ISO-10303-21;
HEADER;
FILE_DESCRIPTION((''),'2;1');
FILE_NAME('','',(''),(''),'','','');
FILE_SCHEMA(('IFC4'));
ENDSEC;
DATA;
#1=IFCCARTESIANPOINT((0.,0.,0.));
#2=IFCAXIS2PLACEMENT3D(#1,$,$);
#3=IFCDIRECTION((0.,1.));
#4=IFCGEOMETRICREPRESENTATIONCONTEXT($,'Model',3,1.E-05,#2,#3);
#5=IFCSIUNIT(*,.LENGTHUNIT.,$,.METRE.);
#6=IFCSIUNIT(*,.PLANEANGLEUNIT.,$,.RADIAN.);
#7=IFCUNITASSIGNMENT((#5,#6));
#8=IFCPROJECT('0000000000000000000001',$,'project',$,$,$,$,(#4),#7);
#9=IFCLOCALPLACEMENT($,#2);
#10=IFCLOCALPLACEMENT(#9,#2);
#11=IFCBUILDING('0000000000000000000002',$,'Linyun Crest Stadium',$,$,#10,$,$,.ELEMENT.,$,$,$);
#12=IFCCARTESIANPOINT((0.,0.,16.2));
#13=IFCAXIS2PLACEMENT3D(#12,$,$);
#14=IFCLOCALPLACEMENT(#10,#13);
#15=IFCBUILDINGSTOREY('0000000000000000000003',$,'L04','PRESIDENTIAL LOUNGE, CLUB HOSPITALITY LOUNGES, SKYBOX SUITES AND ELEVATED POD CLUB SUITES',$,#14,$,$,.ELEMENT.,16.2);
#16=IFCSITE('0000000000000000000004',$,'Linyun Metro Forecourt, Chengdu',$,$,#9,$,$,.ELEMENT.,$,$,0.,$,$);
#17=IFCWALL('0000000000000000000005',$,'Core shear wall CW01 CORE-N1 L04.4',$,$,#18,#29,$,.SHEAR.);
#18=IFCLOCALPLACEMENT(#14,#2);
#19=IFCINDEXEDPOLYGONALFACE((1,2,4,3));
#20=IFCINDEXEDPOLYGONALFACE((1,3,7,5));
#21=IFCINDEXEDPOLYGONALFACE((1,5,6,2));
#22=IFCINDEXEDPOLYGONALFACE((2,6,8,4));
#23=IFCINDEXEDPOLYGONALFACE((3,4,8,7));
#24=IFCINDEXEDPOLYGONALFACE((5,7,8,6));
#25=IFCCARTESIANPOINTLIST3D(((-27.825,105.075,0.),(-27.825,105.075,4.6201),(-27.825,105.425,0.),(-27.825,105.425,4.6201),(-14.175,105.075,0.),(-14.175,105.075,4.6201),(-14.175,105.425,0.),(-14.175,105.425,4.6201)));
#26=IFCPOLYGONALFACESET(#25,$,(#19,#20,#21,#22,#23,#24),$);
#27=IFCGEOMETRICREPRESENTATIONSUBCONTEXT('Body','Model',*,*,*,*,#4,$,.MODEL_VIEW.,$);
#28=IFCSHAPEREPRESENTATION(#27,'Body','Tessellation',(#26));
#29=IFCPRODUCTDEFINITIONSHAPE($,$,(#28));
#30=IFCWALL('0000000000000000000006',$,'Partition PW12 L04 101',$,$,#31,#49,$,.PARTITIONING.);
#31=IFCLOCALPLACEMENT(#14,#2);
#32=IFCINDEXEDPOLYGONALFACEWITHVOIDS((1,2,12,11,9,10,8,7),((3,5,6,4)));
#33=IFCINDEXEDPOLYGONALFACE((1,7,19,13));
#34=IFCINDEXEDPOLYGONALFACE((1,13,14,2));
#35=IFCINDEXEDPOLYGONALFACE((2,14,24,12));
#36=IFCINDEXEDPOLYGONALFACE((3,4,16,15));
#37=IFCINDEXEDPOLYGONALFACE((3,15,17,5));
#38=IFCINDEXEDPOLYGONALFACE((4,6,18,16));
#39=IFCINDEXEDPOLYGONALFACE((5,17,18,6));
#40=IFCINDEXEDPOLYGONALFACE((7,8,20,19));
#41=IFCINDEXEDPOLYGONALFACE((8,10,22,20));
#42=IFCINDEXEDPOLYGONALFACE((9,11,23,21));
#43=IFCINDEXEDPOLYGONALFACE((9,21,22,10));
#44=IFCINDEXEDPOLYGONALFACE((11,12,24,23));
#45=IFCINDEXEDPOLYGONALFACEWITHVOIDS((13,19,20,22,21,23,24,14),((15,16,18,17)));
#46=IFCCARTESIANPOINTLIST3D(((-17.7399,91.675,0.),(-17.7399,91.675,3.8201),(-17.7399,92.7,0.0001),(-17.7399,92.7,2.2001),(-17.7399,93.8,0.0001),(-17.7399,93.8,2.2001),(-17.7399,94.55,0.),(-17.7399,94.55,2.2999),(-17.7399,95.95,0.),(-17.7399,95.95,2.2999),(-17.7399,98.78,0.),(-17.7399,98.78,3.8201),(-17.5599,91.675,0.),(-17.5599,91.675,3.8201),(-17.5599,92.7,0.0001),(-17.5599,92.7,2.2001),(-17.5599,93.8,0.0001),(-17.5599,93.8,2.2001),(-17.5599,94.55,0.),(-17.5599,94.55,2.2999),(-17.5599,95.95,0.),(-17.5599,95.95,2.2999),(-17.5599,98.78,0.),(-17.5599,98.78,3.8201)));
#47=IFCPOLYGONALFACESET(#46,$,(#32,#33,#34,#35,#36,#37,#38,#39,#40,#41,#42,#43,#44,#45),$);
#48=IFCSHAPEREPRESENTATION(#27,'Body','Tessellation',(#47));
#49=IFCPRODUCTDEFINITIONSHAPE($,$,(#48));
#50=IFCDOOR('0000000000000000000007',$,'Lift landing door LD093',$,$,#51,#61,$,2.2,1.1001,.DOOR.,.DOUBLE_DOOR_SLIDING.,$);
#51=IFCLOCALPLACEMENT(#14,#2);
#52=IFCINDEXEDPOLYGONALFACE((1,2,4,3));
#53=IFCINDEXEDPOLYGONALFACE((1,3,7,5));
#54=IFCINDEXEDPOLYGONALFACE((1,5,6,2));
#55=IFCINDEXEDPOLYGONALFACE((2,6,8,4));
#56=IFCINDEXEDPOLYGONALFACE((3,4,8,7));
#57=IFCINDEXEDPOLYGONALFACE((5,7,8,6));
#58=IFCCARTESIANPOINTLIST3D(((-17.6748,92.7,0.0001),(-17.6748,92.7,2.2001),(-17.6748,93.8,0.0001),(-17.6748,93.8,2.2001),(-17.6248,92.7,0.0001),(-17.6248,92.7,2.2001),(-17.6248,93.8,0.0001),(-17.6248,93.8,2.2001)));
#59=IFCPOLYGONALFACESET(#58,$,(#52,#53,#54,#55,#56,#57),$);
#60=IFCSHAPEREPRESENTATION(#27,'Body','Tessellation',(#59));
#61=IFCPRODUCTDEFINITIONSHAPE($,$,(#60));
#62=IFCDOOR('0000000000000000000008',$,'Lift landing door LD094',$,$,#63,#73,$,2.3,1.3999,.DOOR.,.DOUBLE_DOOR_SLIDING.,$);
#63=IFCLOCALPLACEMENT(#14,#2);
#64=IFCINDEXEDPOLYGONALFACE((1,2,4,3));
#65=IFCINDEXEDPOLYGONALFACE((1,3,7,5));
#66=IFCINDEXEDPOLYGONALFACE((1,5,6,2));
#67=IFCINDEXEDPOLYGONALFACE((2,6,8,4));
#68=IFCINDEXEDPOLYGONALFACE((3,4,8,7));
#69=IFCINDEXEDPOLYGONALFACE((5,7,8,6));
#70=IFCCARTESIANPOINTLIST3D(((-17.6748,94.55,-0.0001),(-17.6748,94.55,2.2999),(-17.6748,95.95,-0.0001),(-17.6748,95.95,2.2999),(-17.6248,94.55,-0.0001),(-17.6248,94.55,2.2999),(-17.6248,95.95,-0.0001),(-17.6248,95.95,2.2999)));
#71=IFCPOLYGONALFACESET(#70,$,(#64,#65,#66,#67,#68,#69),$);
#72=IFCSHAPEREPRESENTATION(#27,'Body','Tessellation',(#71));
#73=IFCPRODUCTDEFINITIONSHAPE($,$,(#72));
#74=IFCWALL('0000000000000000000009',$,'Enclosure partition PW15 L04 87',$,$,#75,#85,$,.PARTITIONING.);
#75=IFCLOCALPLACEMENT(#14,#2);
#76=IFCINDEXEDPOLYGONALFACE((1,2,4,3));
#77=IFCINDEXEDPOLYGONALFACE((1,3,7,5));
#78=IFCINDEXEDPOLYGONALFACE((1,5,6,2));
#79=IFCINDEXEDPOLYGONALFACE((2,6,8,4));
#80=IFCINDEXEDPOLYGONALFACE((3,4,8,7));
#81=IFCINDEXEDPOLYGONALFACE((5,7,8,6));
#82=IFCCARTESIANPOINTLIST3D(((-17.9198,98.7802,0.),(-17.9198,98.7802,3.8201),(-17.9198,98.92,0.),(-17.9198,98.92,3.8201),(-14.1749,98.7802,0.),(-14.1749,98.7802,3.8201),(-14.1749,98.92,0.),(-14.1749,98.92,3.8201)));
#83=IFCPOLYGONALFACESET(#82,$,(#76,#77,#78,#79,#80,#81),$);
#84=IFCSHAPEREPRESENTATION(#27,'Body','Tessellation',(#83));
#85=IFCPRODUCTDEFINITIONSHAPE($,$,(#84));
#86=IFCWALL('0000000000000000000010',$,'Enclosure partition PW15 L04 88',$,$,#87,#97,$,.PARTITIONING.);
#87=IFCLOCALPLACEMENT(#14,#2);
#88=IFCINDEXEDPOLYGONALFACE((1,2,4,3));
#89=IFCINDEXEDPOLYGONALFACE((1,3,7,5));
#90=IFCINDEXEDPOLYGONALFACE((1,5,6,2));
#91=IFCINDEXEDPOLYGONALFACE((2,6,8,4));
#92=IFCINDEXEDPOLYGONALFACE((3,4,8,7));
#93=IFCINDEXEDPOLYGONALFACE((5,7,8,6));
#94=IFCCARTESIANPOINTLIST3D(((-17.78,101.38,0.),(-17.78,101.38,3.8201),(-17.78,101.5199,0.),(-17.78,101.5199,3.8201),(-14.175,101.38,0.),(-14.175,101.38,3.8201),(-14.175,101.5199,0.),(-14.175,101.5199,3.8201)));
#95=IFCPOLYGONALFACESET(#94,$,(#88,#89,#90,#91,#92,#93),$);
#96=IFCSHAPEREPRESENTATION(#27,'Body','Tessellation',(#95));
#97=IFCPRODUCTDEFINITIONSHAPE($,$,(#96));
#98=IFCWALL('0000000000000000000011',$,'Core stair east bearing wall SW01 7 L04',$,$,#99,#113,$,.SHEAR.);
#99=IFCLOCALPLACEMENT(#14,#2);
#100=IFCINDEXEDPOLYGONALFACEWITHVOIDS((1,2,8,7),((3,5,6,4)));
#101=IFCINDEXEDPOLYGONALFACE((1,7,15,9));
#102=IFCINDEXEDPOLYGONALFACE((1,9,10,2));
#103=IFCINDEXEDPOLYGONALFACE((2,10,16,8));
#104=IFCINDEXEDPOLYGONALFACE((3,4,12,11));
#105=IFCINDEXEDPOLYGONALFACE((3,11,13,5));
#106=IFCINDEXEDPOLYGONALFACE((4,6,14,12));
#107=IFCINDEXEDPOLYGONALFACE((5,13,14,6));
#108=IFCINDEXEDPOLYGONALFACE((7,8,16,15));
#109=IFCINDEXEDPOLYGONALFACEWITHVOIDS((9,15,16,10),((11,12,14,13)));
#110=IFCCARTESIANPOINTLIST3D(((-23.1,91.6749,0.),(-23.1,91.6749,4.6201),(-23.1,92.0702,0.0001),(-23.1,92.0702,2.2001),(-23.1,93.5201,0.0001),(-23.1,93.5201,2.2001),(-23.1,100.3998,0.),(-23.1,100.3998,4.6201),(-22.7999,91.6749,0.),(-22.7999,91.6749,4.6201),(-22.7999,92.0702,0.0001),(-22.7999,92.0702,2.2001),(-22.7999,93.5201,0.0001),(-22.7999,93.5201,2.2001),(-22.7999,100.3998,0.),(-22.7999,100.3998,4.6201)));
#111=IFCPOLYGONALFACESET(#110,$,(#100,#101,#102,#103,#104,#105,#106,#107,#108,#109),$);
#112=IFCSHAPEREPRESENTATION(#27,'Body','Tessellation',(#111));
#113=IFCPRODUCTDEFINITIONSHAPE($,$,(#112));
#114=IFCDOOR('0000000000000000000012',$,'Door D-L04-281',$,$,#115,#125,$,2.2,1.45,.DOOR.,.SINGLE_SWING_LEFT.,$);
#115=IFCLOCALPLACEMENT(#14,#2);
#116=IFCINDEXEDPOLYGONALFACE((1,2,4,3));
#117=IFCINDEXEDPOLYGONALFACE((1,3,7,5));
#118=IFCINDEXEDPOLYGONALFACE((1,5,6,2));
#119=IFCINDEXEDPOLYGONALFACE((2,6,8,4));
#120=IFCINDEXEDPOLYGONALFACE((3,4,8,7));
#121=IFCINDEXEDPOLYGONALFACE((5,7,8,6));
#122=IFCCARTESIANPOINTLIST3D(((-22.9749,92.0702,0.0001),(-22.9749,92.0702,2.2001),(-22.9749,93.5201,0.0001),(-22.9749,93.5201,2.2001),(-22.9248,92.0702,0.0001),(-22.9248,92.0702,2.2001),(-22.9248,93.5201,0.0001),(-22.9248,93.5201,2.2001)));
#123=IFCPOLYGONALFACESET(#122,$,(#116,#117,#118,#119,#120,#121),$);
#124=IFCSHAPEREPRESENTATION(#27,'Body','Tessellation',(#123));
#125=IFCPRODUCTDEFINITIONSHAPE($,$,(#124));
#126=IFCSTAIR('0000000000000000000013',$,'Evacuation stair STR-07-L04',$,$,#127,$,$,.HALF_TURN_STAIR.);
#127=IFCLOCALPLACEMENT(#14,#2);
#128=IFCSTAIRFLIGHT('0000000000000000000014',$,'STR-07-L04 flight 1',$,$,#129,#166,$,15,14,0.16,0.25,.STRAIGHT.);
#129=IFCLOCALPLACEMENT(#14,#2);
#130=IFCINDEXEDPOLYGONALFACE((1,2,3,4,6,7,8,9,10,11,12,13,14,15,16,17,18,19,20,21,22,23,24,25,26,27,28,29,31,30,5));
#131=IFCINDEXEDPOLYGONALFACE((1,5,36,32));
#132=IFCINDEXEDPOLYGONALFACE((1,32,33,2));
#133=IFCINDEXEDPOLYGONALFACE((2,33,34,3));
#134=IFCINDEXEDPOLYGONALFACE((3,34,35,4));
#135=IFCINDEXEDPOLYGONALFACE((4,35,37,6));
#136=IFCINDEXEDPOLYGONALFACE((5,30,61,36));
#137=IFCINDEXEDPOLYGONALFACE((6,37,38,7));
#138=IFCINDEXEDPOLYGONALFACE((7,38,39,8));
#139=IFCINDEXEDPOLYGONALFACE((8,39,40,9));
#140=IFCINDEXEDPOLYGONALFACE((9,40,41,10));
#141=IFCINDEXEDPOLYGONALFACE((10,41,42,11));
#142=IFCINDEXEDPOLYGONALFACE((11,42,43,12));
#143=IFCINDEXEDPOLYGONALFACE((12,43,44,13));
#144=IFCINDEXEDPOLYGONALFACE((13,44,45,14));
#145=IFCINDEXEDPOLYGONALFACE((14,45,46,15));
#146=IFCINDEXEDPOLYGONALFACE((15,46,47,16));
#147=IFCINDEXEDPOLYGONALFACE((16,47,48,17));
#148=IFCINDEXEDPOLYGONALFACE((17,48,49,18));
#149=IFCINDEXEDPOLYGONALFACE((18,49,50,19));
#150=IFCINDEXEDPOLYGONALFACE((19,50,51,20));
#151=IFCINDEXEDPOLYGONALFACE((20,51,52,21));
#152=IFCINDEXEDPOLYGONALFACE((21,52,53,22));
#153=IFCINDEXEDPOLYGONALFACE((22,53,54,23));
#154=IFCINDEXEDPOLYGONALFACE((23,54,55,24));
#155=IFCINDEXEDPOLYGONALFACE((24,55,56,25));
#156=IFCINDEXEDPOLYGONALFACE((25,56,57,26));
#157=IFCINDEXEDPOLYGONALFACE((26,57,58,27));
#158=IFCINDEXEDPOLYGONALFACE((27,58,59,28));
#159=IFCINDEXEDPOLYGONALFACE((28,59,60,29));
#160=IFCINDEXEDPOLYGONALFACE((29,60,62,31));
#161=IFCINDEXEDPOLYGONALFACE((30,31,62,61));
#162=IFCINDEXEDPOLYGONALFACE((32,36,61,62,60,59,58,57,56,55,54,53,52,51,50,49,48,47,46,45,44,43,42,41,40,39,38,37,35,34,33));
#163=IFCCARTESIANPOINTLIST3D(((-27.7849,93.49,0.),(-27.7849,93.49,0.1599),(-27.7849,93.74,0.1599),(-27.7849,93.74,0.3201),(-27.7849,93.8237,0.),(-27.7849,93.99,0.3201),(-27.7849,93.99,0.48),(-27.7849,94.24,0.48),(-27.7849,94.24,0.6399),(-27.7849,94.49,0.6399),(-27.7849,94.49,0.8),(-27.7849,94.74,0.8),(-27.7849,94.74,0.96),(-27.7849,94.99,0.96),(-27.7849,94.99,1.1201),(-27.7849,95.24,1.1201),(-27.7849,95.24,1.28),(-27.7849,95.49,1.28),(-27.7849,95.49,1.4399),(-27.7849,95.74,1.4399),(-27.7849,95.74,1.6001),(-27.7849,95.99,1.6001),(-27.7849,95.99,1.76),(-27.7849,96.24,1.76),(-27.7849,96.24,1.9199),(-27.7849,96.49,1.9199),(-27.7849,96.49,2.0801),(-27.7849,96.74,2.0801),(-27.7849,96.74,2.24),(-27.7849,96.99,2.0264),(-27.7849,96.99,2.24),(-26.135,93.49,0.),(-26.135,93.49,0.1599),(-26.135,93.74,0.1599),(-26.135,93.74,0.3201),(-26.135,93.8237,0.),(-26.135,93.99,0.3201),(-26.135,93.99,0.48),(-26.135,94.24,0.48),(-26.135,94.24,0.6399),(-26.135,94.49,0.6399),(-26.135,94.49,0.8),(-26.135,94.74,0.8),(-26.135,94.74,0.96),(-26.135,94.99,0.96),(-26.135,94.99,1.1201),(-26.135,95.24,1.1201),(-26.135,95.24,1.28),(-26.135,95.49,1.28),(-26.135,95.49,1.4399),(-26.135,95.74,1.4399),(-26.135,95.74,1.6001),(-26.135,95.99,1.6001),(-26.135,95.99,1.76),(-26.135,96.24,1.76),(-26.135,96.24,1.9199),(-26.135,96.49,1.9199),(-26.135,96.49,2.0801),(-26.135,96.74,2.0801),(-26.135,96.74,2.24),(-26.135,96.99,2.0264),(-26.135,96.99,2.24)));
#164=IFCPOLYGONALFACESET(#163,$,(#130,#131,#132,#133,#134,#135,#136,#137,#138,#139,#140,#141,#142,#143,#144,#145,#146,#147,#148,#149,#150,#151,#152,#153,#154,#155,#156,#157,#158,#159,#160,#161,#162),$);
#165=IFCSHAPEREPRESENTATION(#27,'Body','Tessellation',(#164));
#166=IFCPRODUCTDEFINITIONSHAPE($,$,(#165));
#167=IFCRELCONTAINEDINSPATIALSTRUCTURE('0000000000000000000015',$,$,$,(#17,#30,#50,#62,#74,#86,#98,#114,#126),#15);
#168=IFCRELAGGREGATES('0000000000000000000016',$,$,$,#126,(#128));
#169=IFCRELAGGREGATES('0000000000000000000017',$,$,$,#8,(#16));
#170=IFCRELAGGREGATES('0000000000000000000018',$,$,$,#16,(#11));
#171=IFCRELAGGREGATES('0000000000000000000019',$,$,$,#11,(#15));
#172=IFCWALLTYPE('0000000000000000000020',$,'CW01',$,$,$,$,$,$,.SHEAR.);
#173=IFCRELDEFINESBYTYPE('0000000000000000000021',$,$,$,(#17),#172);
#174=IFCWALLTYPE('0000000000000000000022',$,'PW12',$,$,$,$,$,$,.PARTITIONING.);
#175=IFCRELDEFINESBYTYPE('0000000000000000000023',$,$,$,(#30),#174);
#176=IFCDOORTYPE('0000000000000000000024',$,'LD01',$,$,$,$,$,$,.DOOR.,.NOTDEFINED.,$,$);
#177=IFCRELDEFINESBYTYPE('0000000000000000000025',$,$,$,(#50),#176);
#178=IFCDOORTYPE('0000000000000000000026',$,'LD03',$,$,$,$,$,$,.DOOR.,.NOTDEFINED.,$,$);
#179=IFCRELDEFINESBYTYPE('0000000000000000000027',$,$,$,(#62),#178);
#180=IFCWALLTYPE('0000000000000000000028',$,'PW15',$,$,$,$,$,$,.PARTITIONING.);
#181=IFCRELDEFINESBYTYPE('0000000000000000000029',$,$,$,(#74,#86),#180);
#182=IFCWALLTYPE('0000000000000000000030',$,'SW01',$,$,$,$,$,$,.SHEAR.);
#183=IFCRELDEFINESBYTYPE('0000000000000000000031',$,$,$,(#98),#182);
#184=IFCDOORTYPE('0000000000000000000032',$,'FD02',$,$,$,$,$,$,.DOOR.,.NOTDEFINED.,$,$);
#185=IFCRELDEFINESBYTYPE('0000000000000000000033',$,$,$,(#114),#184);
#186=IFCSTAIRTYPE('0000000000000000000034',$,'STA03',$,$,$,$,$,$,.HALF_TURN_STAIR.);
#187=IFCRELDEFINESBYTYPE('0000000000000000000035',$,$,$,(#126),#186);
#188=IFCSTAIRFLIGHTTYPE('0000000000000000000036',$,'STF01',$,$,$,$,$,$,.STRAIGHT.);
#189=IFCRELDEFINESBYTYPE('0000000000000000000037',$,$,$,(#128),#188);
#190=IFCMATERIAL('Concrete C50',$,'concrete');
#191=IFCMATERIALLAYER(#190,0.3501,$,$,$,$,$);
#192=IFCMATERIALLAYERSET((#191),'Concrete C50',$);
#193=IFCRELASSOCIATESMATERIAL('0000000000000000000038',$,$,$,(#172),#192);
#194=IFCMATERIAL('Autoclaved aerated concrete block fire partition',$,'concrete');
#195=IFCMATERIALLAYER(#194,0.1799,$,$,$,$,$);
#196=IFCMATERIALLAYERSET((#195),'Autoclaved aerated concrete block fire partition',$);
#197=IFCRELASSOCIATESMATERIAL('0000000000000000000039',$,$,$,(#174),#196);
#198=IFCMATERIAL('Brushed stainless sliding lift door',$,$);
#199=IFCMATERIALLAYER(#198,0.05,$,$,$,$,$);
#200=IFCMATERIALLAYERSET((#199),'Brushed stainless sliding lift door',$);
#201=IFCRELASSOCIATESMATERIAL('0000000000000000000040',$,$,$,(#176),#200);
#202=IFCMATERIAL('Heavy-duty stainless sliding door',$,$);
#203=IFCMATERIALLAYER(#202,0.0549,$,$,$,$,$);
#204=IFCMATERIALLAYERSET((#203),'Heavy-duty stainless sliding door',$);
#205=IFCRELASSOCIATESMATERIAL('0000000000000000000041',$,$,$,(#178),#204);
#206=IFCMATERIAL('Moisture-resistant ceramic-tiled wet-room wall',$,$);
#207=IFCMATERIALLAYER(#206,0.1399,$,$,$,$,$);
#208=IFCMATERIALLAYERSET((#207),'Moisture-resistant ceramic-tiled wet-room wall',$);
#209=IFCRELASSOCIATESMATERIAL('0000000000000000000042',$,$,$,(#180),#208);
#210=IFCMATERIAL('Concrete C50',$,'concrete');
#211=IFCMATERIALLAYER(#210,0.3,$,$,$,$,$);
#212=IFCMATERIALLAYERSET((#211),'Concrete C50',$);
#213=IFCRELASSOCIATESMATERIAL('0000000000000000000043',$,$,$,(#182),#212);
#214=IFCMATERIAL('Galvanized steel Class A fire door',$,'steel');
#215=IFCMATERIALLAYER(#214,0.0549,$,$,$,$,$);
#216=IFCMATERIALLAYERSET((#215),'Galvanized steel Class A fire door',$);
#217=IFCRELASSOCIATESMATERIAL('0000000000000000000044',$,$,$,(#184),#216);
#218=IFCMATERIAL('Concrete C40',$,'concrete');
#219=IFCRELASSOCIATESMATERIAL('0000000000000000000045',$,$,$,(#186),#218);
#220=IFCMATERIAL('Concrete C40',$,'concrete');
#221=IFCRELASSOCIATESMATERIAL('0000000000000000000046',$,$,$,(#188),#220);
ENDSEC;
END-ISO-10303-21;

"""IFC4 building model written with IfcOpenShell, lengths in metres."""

from ifc_helpers import new_model, si_unit, direction, frame, frame_2d, origin, place, context, subcontext, project, spatial, polyline, rectangle, outline, extrude, material, layer, layer_set, type_object, element, fill, aggregate, save


model = new_model("IFC4")

# Units and contexts
model_context = context("Model", 3, precision=1e-05, world=origin(), true_north=direction((0.0, 1.0)))
body_context = subcontext(model_context, "Body", "Model", "MODEL_VIEW")
ifc_project = project(units=[si_unit("LENGTHUNIT", "METRE"), si_unit("PLANEANGLEUNIT", "RADIAN")], contexts=[model_context])

# Site, building, storey
site_placement = place(None, origin())
site = spatial("IfcSite", under=ifc_project, at=site_placement, Name="Linyun Metro Forecourt, Chengdu", CompositionType="ELEMENT", RefElevation=0.0)
building_placement = place(site_placement, origin())
building = spatial("IfcBuilding", under=site, at=building_placement, Name="Linyun Crest Stadium", CompositionType="ELEMENT")
storey_placement = place(building_placement, frame((0.0, 0.0, 16.2)))
storey = spatial("IfcBuildingStorey", under=building, at=storey_placement, Name="L04", Description="PRESIDENTIAL LOUNGE, CLUB HOSPITALITY LOUNGES, SKYBOX SUITES AND ELEVATED POD CLUB SUITES", CompositionType="ELEMENT", Elevation=16.2)

# Wall
ifc_material_1 = material(Name="Concrete C50", Category="concrete")
ifc_layer_1 = layer(ifc_material_1, 0.3501)
ifc_layer_set_1 = layer_set([ifc_layer_1], Name="Concrete C50")
wall_type_1 = type_object("IfcWallType", Name="CW01", PredefinedType="SHEAR", material=ifc_layer_set_1)
wall_1_placement = place(storey_placement, frame((-27.825, 105.25, 0.0), z_axis=(0.0, 0.0, 1.0), x_axis=(1.0, 0.0, 0.0)))
element("IfcWall", 1, at=wall_1_placement, inside=storey, type_object=wall_type_1, Name="Core shear wall CW01 CORE-N1 L04.4", PredefinedType="SHEAR", context=body_context, shape_type="SweptSolid", body=[
    extrude(rectangle(XDim=13.6499, YDim=0.3501, at=frame_2d((6.825, 0.0))), origin(), (0.0, 0.0, 1.0), 4.6201),
])

# Wall, openings, doors
ifc_material_2 = material(Name="Autoclaved aerated concrete block fire partition", Category="concrete")
ifc_layer_2 = layer(ifc_material_2, 0.1799)
ifc_layer_set_2 = layer_set([ifc_layer_2], Name="Autoclaved aerated concrete block fire partition")
wall_type_2 = type_object("IfcWallType", Name="PW12", PredefinedType="PARTITIONING", material=ifc_layer_set_2)
wall_2_placement = place(storey_placement, frame((-17.6499, 91.675, 0.0), z_axis=(0.0, 0.0, 1.0), x_axis=(0.0, 1.0, 0.0)))
wall_2 = element("IfcWall", 2, at=wall_2_placement, inside=storey, type_object=wall_type_2, Name="Partition PW12 L04 101", PredefinedType="PARTITIONING", context=body_context, shape_type="SweptSolid", body=[
    extrude(rectangle(XDim=7.105, YDim=0.1799, at=frame_2d((3.5525, 0.0))), origin(), (0.0, 0.0, 1.0), 3.8201),
])
opening_1_placement = place(wall_2_placement, frame((1.0249, 0.0, 0.0)))
opening_1 = element("IfcOpeningElement", 3, at=opening_1_placement, cuts=wall_2, PredefinedType="OPENING", context=body_context, shape_type="SweptSolid", body=[
    extrude(rectangle(XDim=1.1001, YDim=2.2, at=frame_2d((0.55, 1.1001))), frame((0.0, 0.0999, 0.0), z_axis=(0.0, -1.0, 0.0), x_axis=(1.0, 0.0, 0.0)), (0.0, 0.0, 1.0), 0.2),
])
opening_2_placement = place(wall_2_placement, frame((2.875, 0.0, 0.0)))
opening_2 = element("IfcOpeningElement", 4, at=opening_2_placement, cuts=wall_2, PredefinedType="OPENING", context=body_context, shape_type="SweptSolid", body=[
    extrude(rectangle(XDim=1.3999, YDim=2.3, at=frame_2d((0.7, 1.1499))), frame((0.0, 0.0999, 0.0), z_axis=(0.0, -1.0, 0.0), x_axis=(1.0, 0.0, 0.0)), (0.0, 0.0, 1.0), 0.2),
])
ifc_material_3 = material(Name="Brushed stainless sliding lift door")
ifc_layer_3 = layer(ifc_material_3, 0.05)
ifc_layer_set_3 = layer_set([ifc_layer_3], Name="Brushed stainless sliding lift door")
door_type_1 = type_object("IfcDoorType", Name="LD01", OperationType="NOTDEFINED", PredefinedType="DOOR", material=ifc_layer_set_3)
door_1_placement = place(opening_1_placement, origin())
door_1 = element("IfcDoor", 5, at=door_1_placement, inside=storey, type_object=door_type_1, Name="Lift landing door LD093", OperationType="DOUBLE_DOOR_SLIDING", OverallHeight=2.2, OverallWidth=1.1001, PredefinedType="DOOR", context=body_context, shape_type="SweptSolid", body=[
    extrude(rectangle(XDim=1.1001, YDim=2.2, at=frame_2d((0.55, 1.1001))), frame((0.0, 0.0249, 0.0), z_axis=(0.0, -1.0, 0.0), x_axis=(1.0, 0.0, 0.0)), (0.0, 0.0, 1.0), 0.05),
])
fill(opening_1, door_1)
ifc_material_4 = material(Name="Heavy-duty stainless sliding door")
ifc_layer_4 = layer(ifc_material_4, 0.0549)
ifc_layer_set_4 = layer_set([ifc_layer_4], Name="Heavy-duty stainless sliding door")
door_type_2 = type_object("IfcDoorType", Name="LD03", OperationType="NOTDEFINED", PredefinedType="DOOR", material=ifc_layer_set_4)
door_2_placement = place(opening_2_placement, origin())
door_2 = element("IfcDoor", 6, at=door_2_placement, inside=storey, type_object=door_type_2, Name="Lift landing door LD094", OperationType="DOUBLE_DOOR_SLIDING", OverallHeight=2.3, OverallWidth=1.3999, PredefinedType="DOOR", context=body_context, shape_type="SweptSolid", body=[
    extrude(rectangle(XDim=1.3999, YDim=2.3, at=frame_2d((0.7, 1.1499))), frame((0.0, 0.0249, 0.0), z_axis=(0.0, -1.0, 0.0), x_axis=(1.0, 0.0, 0.0)), (0.0, 0.0, 1.0), 0.05),
])
fill(opening_2, door_2)
ifc_material_5 = material(Name="Moisture-resistant ceramic-tiled wet-room wall")
ifc_layer_5 = layer(ifc_material_5, 0.1399)
ifc_layer_set_5 = layer_set([ifc_layer_5], Name="Moisture-resistant ceramic-tiled wet-room wall")
wall_type_3 = type_object("IfcWallType", Name="PW15", PredefinedType="PARTITIONING", material=ifc_layer_set_5)

# Walls
wall_3_placement = place(storey_placement, frame((-17.9199, 98.8501, 0.0), z_axis=(0.0, 0.0, 1.0), x_axis=(1.0, 0.0, 0.0)))
element("IfcWall", 7, at=wall_3_placement, inside=storey, type_object=wall_type_3, Name="Enclosure partition PW15 L04 87", PredefinedType="PARTITIONING", context=body_context, shape_type="SweptSolid", body=[
    extrude(rectangle(XDim=3.7449, YDim=0.1399, at=frame_2d((1.8726, 0.0))), origin(), (0.0, 0.0, 1.0), 3.8201),
])
wall_4_placement = place(storey_placement, frame((-17.78, 101.45, 0.0), z_axis=(0.0, 0.0, 1.0), x_axis=(1.0, 0.0, 0.0)))
element("IfcWall", 8, at=wall_4_placement, inside=storey, type_object=wall_type_3, Name="Enclosure partition PW15 L04 88", PredefinedType="PARTITIONING", context=body_context, shape_type="SweptSolid", body=[
    extrude(rectangle(XDim=3.605, YDim=0.1399, at=frame_2d((1.8025, 0.0))), origin(), (0.0, 0.0, 1.0), 3.8201),
])

# Wall, opening, door
ifc_material_6 = material(Name="Concrete C50", Category="concrete")
ifc_layer_6 = layer(ifc_material_6, 0.3)
ifc_layer_set_6 = layer_set([ifc_layer_6], Name="Concrete C50")
wall_type_4 = type_object("IfcWallType", Name="SW01", PredefinedType="SHEAR", material=ifc_layer_set_6)
wall_5_placement = place(storey_placement, frame((-22.95, 91.675, 0.0), z_axis=(0.0, 0.0, 1.0), x_axis=(0.0, 1.0, 0.0)))
wall_5 = element("IfcWall", 9, at=wall_5_placement, inside=storey, type_object=wall_type_4, Name="Core stair east bearing wall SW01 7 L04", PredefinedType="SHEAR", context=body_context, shape_type="SweptSolid", body=[
    extrude(rectangle(XDim=8.7249, YDim=0.3, at=frame_2d((4.3623, 0.0))), origin(), (0.0, 0.0, 1.0), 4.6201),
])
opening_3_placement = place(wall_5_placement, frame((0.395, 0.0, 0.0)))
opening_3 = element("IfcOpeningElement", 10, at=opening_3_placement, cuts=wall_5, PredefinedType="OPENING", context=body_context, shape_type="SweptSolid", body=[
    extrude(rectangle(XDim=1.45, YDim=2.2, at=frame_2d((0.7251, 1.1001))), frame((0.0, 0.1599, 0.0), z_axis=(0.0, -1.0, 0.0), x_axis=(1.0, 0.0, 0.0)), (0.0, 0.0, 1.0), 0.3201),
])
ifc_material_7 = material(Name="Galvanized steel Class A fire door", Category="steel")
ifc_layer_7 = layer(ifc_material_7, 0.0549)
ifc_layer_set_7 = layer_set([ifc_layer_7], Name="Galvanized steel Class A fire door")
door_type_3 = type_object("IfcDoorType", Name="FD02", OperationType="NOTDEFINED", PredefinedType="DOOR", material=ifc_layer_set_7)
door_3_placement = place(opening_3_placement, origin())
door_3 = element("IfcDoor", 11, at=door_3_placement, inside=storey, type_object=door_type_3, Name="Door D-L04-281", OperationType="SINGLE_SWING_LEFT", OverallHeight=2.2, OverallWidth=1.45, PredefinedType="DOOR", context=body_context, shape_type="SweptSolid", body=[
    extrude(rectangle(XDim=1.45, YDim=2.2, at=frame_2d((0.7251, 1.1001))), frame((0.0, 0.0249, 0.0), z_axis=(0.0, -1.0, 0.0), x_axis=(1.0, 0.0, 0.0)), (0.0, 0.0, 1.0), 0.05),
])
fill(opening_3, door_3)

# Stair, stair flight
ifc_material_8 = material(Name="Concrete C40", Category="concrete")
stair_type = type_object("IfcStairType", Name="STA03", PredefinedType="HALF_TURN_STAIR", material=ifc_material_8)
stair_placement = place(storey_placement, origin())
stair = element("IfcStair", 12, at=stair_placement, inside=storey, type_object=stair_type, Name="Evacuation stair STR-07-L04", PredefinedType="HALF_TURN_STAIR")
ifc_material_9 = material(Name="Concrete C40", Category="concrete")
stair_flight_type = type_object("IfcStairFlightType", Name="STF01", PredefinedType="STRAIGHT", material=ifc_material_9)
stair_flight_1_placement = place(storey_placement, frame((-26.96, 93.49, 0.0), z_axis=(0.0, 0.0, 1.0), x_axis=(0.0, 1.0, 0.0)))
stair_flight_1 = element("IfcStairFlight", 13, at=stair_flight_1_placement, type_object=stair_flight_type, Name="STR-07-L04 flight 1", NumberOfRisers=15, NumberOfTreads=14, PredefinedType="STRAIGHT", RiserHeight=0.16, TreadLength=0.25, context=body_context, shape_type="SweptSolid", body=[
    extrude(outline(polyline([(0.0, 0.0), (0.0, 0.1599), (0.25, 0.1599), (0.25, 0.3201), (0.5, 0.3201), (0.5, 0.48), (0.75, 0.48), (0.75, 0.6399), (1.0, 0.6399), (1.0, 0.8), (1.25, 0.8), (1.25, 0.96), (1.5, 0.96), (1.5, 1.1201), (1.75, 1.1201), (1.75, 1.28), (2.0, 1.28), (2.0, 1.4399), (2.25, 1.4399), (2.25, 1.6001), (2.5, 1.6001), (2.5, 1.76), (2.75, 1.76), (2.75, 1.9199), (3.0, 1.9199), (3.0, 2.0801), (3.25, 2.0801), (3.25, 2.24), (3.5, 2.24), (3.5, 2.3999), (3.5, 2.0264), (0.3337, 0.0), (0.0, 0.0)])), frame((0.0, 0.825, 0.0), z_axis=(0.0, -1.0, 0.0), x_axis=(1.0, 0.0, 0.0)), (0.0, 0.0, 1.0), 1.6499),
])
aggregate(stair, [stair_flight_1])

save(model, "model.ifc")
